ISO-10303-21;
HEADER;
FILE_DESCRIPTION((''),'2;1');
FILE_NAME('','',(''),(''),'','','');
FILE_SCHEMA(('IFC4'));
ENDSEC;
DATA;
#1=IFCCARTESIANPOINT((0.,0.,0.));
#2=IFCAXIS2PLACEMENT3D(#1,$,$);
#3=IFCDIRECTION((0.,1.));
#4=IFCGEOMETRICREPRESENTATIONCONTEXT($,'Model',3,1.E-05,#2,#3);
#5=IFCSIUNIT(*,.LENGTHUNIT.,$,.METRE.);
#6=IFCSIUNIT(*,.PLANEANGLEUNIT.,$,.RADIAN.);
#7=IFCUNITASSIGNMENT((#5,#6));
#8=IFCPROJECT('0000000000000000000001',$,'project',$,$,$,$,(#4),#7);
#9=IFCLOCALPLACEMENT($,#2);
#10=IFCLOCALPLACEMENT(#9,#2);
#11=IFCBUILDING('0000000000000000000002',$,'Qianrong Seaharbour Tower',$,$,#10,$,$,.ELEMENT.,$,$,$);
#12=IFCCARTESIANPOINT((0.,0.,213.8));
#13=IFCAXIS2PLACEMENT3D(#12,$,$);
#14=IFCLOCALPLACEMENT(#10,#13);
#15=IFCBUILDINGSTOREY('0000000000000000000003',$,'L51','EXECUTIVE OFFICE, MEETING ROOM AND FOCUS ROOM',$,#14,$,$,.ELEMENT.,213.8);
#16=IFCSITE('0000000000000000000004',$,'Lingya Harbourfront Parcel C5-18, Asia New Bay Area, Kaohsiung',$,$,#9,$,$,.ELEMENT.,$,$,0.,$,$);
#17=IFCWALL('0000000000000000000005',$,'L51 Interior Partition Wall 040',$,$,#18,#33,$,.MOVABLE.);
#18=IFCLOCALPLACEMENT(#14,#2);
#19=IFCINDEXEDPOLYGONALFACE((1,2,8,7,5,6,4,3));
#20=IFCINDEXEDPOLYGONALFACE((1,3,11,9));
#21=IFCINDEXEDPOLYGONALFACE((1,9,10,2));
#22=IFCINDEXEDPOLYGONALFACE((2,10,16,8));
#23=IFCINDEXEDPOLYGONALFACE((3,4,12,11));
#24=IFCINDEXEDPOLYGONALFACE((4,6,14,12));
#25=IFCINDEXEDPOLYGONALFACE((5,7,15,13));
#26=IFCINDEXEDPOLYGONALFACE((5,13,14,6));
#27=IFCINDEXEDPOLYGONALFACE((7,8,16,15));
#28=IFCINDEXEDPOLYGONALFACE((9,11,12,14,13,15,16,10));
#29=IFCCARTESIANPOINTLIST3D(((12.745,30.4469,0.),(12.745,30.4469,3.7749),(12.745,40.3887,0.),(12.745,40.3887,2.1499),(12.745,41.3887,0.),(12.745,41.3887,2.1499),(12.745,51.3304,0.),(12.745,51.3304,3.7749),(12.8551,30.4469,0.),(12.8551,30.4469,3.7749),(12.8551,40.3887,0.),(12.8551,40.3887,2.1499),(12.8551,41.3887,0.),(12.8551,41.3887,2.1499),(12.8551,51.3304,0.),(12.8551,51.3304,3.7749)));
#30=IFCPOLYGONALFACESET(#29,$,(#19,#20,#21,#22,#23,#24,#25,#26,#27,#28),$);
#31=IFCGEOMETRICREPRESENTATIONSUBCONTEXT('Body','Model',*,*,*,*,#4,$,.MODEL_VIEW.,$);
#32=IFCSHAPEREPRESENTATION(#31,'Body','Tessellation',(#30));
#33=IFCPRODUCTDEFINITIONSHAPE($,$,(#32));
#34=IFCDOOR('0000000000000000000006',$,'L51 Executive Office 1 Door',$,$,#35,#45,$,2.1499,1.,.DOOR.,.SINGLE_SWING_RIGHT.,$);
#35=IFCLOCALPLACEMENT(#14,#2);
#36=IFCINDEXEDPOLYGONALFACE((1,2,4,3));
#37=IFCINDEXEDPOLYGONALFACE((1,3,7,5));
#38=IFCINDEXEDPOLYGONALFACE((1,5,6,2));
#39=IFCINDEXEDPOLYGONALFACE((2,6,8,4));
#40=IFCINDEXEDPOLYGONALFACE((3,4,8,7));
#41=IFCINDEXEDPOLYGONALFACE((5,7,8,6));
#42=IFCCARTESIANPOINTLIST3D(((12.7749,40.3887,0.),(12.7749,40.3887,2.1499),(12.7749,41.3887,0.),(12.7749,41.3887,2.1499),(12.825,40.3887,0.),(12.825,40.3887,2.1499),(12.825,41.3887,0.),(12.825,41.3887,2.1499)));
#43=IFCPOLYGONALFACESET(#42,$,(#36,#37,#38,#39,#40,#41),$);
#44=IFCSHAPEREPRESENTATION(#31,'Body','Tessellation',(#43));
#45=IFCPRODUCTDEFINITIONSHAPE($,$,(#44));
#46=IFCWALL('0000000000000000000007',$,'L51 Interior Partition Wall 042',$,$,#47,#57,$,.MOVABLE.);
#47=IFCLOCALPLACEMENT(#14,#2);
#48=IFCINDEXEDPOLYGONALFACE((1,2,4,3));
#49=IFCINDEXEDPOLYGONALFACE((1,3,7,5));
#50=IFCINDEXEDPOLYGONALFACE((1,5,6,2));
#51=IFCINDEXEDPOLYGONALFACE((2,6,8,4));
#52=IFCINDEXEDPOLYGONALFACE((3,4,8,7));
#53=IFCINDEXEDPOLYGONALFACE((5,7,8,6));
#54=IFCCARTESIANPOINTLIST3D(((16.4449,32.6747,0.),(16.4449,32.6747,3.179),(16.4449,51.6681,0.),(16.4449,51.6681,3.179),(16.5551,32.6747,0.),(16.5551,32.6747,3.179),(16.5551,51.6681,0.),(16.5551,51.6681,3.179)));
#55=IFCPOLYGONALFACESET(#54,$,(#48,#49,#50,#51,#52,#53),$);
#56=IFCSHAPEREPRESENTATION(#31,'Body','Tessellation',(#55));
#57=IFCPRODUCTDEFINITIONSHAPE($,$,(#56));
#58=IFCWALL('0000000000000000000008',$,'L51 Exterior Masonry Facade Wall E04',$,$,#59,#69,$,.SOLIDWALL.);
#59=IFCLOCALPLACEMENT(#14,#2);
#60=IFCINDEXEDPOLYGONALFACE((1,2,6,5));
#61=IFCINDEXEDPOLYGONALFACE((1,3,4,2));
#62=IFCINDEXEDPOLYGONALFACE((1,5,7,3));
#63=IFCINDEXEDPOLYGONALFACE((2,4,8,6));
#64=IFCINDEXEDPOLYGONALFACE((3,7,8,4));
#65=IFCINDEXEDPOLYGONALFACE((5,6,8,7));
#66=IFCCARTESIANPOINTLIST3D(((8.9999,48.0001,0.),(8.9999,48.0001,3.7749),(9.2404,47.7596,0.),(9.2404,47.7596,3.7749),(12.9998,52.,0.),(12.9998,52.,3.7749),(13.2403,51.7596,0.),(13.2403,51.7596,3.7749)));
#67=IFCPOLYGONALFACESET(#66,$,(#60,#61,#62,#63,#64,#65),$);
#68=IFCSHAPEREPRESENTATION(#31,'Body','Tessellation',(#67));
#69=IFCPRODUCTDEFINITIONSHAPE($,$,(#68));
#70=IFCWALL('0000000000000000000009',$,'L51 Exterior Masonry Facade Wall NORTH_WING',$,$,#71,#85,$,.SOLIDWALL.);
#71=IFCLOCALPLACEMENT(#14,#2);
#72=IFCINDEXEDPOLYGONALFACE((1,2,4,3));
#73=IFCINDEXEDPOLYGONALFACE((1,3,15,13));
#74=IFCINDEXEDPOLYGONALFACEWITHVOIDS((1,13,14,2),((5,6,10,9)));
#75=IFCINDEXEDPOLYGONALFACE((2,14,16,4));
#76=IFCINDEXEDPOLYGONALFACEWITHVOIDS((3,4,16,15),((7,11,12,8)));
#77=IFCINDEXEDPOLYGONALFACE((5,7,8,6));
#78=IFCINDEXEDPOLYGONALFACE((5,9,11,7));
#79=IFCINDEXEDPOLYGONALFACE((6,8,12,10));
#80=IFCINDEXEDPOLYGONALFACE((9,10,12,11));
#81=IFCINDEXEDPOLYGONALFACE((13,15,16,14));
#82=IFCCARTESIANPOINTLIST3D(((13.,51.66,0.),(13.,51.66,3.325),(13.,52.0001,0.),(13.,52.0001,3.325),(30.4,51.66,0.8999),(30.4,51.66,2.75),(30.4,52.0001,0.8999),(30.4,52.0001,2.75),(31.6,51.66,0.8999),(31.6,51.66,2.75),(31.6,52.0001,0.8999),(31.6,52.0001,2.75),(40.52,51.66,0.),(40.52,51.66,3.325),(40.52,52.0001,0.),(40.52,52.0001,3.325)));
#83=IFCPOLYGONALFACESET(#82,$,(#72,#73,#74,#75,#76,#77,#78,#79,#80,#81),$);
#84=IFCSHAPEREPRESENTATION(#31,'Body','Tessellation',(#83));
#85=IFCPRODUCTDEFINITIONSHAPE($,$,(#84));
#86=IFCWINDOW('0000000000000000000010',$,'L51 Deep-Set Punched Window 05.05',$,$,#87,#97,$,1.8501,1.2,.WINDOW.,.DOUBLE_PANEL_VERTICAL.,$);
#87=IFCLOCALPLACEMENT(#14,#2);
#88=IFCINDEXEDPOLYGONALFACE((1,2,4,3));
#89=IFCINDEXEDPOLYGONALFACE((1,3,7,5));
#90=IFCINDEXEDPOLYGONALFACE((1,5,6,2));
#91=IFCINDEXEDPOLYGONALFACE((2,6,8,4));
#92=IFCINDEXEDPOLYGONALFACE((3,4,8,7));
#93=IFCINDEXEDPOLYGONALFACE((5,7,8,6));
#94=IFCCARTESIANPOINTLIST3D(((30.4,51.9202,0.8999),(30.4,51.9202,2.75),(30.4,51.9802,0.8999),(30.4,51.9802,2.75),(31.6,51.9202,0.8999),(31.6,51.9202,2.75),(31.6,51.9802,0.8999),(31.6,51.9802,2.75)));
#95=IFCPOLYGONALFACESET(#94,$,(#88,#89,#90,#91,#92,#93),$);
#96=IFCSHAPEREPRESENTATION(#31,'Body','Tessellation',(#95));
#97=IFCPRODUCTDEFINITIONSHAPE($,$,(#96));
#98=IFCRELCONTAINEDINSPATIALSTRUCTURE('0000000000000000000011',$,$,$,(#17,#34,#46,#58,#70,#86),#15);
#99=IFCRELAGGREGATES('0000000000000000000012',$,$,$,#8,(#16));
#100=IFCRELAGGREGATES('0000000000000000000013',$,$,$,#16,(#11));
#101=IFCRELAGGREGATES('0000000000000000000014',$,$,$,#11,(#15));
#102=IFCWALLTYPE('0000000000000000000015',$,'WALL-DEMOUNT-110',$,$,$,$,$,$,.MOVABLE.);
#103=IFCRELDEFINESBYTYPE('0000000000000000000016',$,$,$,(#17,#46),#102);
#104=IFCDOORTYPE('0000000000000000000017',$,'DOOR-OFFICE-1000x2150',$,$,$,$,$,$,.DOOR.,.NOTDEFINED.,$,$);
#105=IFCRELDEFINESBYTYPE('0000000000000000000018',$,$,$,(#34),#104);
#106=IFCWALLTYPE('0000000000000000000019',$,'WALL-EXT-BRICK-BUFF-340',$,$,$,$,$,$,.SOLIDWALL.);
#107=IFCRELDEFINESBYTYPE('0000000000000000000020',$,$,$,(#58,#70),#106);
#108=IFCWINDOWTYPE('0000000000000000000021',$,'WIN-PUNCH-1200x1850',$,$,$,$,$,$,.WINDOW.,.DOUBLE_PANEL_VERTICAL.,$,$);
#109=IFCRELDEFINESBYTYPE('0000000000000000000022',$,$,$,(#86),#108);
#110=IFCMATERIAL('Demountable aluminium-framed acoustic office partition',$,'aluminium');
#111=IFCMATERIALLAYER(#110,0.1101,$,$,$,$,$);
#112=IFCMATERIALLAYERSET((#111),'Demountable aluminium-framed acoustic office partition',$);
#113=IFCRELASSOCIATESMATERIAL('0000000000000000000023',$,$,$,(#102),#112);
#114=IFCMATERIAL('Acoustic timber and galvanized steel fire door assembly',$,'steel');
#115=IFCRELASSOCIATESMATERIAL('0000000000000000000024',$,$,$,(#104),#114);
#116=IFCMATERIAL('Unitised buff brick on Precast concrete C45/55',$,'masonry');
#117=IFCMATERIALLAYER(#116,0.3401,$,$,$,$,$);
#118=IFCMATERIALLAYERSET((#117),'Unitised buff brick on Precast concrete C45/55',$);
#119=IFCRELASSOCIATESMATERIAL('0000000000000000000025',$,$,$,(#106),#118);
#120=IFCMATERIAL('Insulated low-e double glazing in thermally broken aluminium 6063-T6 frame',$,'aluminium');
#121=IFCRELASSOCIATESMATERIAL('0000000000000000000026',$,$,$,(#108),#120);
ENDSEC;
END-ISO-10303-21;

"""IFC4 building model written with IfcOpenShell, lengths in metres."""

from ifc_helpers import new_model, si_unit, direction, frame, frame_2d, origin, place, context, subcontext, project, spatial, rectangle, extrude, material, layer, layer_set, type_object, element, fill, save


model = new_model("IFC4")

# Units and contexts
model_context = context("Model", 3, precision=1e-05, world=origin(), true_north=direction((0.0, 1.0)))
body_context = subcontext(model_context, "Body", "Model", "MODEL_VIEW")
ifc_project = project(units=[si_unit("LENGTHUNIT", "METRE"), si_unit("PLANEANGLEUNIT", "RADIAN")], contexts=[model_context])

# Site, building, storey
site_placement = place(None, origin())
site = spatial("IfcSite", under=ifc_project, at=site_placement, Name="Lingya Harbourfront Parcel C5-18, Asia New Bay Area, Kaohsiung", CompositionType="ELEMENT", RefElevation=0.0)
building_placement = place(site_placement, origin())
building = spatial("IfcBuilding", under=site, at=building_placement, Name="Qianrong Seaharbour Tower", CompositionType="ELEMENT")
storey_placement = place(building_placement, frame((0.0, 0.0, 213.8)))
storey = spatial("IfcBuildingStorey", under=building, at=storey_placement, Name="L51", Description="EXECUTIVE OFFICE, MEETING ROOM AND FOCUS ROOM", CompositionType="ELEMENT", Elevation=213.8)

# Wall, opening, door
ifc_material_1 = material(Name="Demountable aluminium-framed acoustic office partition", Category="aluminium")
ifc_layer_1 = layer(ifc_material_1, 0.1101)
ifc_layer_set_1 = layer_set([ifc_layer_1], Name="Demountable aluminium-framed acoustic office partition")
wall_type_1 = type_object("IfcWallType", Name="WALL-DEMOUNT-110", PredefinedType="MOVABLE", material=ifc_layer_set_1)
wall_1_placement = place(storey_placement, frame((12.8, 51.3306, 0.0), z_axis=(0.0, 0.0, 1.0), x_axis=(0.0, -1.0, 0.0)))
wall_1 = element("IfcWall", 1, at=wall_1_placement, inside=storey, type_object=wall_type_1, Name="L51 Interior Partition Wall 040", PredefinedType="MOVABLE", context=body_context, shape_type="SweptSolid", body=[
    extrude(rectangle(XDim=20.8835, YDim=0.1101, at=frame_2d((10.4419, 0.0))), origin(), (0.0, 0.0, 1.0), 3.7749),
])
opening_1_placement = place(wall_1_placement, frame((9.9419, 0.0, 0.0)))
opening_1 = element("IfcOpeningElement", 2, at=opening_1_placement, cuts=wall_1, PredefinedType="OPENING", context=body_context, shape_type="SweptSolid", body=[
    extrude(rectangle(XDim=1.0, YDim=2.1499, at=frame_2d((0.5, 1.075))), frame((0.0, 0.0649, 0.0), z_axis=(0.0, -1.0, 0.0), x_axis=(1.0, 0.0, 0.0)), (0.0, 0.0, 1.0), 0.1301),
])
ifc_material_2 = material(Name="Acoustic timber and galvanized steel fire door assembly", Category="steel")
door_type = type_object("IfcDoorType", Name="DOOR-OFFICE-1000x2150", OperationType="NOTDEFINED", PredefinedType="DOOR", material=ifc_material_2)
door_placement = place(opening_1_placement, origin())
door = element("IfcDoor", 3, at=door_placement, inside=storey, type_object=door_type, Name="L51 Executive Office 1 Door", OperationType="SINGLE_SWING_RIGHT", OverallHeight=2.1499, OverallWidth=1.0, PredefinedType="DOOR", context=body_context, shape_type="SweptSolid", body=[
    extrude(rectangle(XDim=1.0, YDim=2.1499, at=frame_2d((0.5, 1.075))), frame((0.0, 0.0249, 0.0), z_axis=(0.0, -1.0, 0.0), x_axis=(1.0, 0.0, 0.0)), (0.0, 0.0, 1.0), 0.05),
])
fill(opening_1, door)

# Walls
wall_2_placement = place(storey_placement, frame((16.5, 51.668, 0.0), z_axis=(0.0, 0.0, 1.0), x_axis=(0.0, -1.0, 0.0)))
element("IfcWall", 4, at=wall_2_placement, inside=storey, type_object=wall_type_1, Name="L51 Interior Partition Wall 042", PredefinedType="MOVABLE", context=body_context, shape_type="SweptSolid", body=[
    extrude(rectangle(XDim=18.9934, YDim=0.1101, at=frame_2d((9.4966, 0.0))), origin(), (0.0, 0.0, 1.0), 3.179),
])
ifc_material_3 = material(Name="Unitised buff brick on Precast concrete C45/55", Category="masonry")
ifc_layer_2 = layer(ifc_material_3, 0.3401)
ifc_layer_set_2 = layer_set([ifc_layer_2], Name="Unitised buff brick on Precast concrete C45/55")
wall_type_2 = type_object("IfcWallType", Name="WALL-EXT-BRICK-BUFF-340", PredefinedType="SOLIDWALL", material=ifc_layer_set_2)
wall_3_placement = place(storey_placement, frame((9.1201, 47.8799, 0.0), z_axis=(0.0, 0.0, 1.0), x_axis=(0.707107, 0.707107, 0.0)))
element("IfcWall", 5, at=wall_3_placement, inside=storey, type_object=wall_type_2, Name="L51 Exterior Masonry Facade Wall E04", PredefinedType="SOLIDWALL", context=body_context, shape_type="SweptSolid", body=[
    extrude(rectangle(XDim=5.6567, YDim=0.3401, at=frame_2d((2.8284, 0.0))), origin(), (0.0, 0.0, 1.0), 3.7749),
])

# Wall, opening, window
wall_4_placement = place(storey_placement, frame((13.0, 51.8301, 0.0), z_axis=(0.0, 0.0, 1.0), x_axis=(1.0, 0.0, 0.0)))
wall_4 = element("IfcWall", 6, at=wall_4_placement, inside=storey, type_object=wall_type_2, Name="L51 Exterior Masonry Facade Wall NORTH_WING", PredefinedType="SOLIDWALL", context=body_context, shape_type="SweptSolid", body=[
    extrude(rectangle(XDim=27.52, YDim=0.3401, at=frame_2d((13.76, 0.0))), origin(), (0.0, 0.0, 1.0), 3.325),
])
opening_2_placement = place(wall_4_placement, frame((17.3999, 0.0, 0.8999)))
opening_2 = element("IfcOpeningElement", 7, at=opening_2_placement, cuts=wall_4, PredefinedType="OPENING", context=body_context, shape_type="SweptSolid", body=[
    extrude(rectangle(XDim=1.2, YDim=1.8501, at=frame_2d((0.6001, 0.925))), frame((0.0, 0.1802, 0.0), z_axis=(0.0, -1.0, 0.0), x_axis=(1.0, 0.0, 0.0)), (0.0, 0.0, 1.0), 0.3601),
])
ifc_material_4 = material(Name="Insulated low-e double glazing in thermally broken aluminium 6063-T6 frame", Category="aluminium")
window_type = type_object("IfcWindowType", Name="WIN-PUNCH-1200x1850", PartitioningType="DOUBLE_PANEL_VERTICAL", PredefinedType="WINDOW", material=ifc_material_4)
window_placement = place(opening_2_placement, origin())
window = element("IfcWindow", 8, at=window_placement, inside=storey, type_object=window_type, Name="L51 Deep-Set Punched Window 05.05", OverallHeight=1.8501, OverallWidth=1.2, PartitioningType="DOUBLE_PANEL_VERTICAL", PredefinedType="WINDOW", context=body_context, shape_type="SweptSolid", body=[
    extrude(rectangle(XDim=1.2, YDim=1.8501, at=frame_2d((0.6001, 0.925))), frame((0.0, 0.1501, 0.0), z_axis=(0.0, -1.0, 0.0), x_axis=(1.0, 0.0, 0.0)), (0.0, 0.0, 1.0), 0.0601),
])
fill(opening_2, window)

save(model, "model.ifc")
